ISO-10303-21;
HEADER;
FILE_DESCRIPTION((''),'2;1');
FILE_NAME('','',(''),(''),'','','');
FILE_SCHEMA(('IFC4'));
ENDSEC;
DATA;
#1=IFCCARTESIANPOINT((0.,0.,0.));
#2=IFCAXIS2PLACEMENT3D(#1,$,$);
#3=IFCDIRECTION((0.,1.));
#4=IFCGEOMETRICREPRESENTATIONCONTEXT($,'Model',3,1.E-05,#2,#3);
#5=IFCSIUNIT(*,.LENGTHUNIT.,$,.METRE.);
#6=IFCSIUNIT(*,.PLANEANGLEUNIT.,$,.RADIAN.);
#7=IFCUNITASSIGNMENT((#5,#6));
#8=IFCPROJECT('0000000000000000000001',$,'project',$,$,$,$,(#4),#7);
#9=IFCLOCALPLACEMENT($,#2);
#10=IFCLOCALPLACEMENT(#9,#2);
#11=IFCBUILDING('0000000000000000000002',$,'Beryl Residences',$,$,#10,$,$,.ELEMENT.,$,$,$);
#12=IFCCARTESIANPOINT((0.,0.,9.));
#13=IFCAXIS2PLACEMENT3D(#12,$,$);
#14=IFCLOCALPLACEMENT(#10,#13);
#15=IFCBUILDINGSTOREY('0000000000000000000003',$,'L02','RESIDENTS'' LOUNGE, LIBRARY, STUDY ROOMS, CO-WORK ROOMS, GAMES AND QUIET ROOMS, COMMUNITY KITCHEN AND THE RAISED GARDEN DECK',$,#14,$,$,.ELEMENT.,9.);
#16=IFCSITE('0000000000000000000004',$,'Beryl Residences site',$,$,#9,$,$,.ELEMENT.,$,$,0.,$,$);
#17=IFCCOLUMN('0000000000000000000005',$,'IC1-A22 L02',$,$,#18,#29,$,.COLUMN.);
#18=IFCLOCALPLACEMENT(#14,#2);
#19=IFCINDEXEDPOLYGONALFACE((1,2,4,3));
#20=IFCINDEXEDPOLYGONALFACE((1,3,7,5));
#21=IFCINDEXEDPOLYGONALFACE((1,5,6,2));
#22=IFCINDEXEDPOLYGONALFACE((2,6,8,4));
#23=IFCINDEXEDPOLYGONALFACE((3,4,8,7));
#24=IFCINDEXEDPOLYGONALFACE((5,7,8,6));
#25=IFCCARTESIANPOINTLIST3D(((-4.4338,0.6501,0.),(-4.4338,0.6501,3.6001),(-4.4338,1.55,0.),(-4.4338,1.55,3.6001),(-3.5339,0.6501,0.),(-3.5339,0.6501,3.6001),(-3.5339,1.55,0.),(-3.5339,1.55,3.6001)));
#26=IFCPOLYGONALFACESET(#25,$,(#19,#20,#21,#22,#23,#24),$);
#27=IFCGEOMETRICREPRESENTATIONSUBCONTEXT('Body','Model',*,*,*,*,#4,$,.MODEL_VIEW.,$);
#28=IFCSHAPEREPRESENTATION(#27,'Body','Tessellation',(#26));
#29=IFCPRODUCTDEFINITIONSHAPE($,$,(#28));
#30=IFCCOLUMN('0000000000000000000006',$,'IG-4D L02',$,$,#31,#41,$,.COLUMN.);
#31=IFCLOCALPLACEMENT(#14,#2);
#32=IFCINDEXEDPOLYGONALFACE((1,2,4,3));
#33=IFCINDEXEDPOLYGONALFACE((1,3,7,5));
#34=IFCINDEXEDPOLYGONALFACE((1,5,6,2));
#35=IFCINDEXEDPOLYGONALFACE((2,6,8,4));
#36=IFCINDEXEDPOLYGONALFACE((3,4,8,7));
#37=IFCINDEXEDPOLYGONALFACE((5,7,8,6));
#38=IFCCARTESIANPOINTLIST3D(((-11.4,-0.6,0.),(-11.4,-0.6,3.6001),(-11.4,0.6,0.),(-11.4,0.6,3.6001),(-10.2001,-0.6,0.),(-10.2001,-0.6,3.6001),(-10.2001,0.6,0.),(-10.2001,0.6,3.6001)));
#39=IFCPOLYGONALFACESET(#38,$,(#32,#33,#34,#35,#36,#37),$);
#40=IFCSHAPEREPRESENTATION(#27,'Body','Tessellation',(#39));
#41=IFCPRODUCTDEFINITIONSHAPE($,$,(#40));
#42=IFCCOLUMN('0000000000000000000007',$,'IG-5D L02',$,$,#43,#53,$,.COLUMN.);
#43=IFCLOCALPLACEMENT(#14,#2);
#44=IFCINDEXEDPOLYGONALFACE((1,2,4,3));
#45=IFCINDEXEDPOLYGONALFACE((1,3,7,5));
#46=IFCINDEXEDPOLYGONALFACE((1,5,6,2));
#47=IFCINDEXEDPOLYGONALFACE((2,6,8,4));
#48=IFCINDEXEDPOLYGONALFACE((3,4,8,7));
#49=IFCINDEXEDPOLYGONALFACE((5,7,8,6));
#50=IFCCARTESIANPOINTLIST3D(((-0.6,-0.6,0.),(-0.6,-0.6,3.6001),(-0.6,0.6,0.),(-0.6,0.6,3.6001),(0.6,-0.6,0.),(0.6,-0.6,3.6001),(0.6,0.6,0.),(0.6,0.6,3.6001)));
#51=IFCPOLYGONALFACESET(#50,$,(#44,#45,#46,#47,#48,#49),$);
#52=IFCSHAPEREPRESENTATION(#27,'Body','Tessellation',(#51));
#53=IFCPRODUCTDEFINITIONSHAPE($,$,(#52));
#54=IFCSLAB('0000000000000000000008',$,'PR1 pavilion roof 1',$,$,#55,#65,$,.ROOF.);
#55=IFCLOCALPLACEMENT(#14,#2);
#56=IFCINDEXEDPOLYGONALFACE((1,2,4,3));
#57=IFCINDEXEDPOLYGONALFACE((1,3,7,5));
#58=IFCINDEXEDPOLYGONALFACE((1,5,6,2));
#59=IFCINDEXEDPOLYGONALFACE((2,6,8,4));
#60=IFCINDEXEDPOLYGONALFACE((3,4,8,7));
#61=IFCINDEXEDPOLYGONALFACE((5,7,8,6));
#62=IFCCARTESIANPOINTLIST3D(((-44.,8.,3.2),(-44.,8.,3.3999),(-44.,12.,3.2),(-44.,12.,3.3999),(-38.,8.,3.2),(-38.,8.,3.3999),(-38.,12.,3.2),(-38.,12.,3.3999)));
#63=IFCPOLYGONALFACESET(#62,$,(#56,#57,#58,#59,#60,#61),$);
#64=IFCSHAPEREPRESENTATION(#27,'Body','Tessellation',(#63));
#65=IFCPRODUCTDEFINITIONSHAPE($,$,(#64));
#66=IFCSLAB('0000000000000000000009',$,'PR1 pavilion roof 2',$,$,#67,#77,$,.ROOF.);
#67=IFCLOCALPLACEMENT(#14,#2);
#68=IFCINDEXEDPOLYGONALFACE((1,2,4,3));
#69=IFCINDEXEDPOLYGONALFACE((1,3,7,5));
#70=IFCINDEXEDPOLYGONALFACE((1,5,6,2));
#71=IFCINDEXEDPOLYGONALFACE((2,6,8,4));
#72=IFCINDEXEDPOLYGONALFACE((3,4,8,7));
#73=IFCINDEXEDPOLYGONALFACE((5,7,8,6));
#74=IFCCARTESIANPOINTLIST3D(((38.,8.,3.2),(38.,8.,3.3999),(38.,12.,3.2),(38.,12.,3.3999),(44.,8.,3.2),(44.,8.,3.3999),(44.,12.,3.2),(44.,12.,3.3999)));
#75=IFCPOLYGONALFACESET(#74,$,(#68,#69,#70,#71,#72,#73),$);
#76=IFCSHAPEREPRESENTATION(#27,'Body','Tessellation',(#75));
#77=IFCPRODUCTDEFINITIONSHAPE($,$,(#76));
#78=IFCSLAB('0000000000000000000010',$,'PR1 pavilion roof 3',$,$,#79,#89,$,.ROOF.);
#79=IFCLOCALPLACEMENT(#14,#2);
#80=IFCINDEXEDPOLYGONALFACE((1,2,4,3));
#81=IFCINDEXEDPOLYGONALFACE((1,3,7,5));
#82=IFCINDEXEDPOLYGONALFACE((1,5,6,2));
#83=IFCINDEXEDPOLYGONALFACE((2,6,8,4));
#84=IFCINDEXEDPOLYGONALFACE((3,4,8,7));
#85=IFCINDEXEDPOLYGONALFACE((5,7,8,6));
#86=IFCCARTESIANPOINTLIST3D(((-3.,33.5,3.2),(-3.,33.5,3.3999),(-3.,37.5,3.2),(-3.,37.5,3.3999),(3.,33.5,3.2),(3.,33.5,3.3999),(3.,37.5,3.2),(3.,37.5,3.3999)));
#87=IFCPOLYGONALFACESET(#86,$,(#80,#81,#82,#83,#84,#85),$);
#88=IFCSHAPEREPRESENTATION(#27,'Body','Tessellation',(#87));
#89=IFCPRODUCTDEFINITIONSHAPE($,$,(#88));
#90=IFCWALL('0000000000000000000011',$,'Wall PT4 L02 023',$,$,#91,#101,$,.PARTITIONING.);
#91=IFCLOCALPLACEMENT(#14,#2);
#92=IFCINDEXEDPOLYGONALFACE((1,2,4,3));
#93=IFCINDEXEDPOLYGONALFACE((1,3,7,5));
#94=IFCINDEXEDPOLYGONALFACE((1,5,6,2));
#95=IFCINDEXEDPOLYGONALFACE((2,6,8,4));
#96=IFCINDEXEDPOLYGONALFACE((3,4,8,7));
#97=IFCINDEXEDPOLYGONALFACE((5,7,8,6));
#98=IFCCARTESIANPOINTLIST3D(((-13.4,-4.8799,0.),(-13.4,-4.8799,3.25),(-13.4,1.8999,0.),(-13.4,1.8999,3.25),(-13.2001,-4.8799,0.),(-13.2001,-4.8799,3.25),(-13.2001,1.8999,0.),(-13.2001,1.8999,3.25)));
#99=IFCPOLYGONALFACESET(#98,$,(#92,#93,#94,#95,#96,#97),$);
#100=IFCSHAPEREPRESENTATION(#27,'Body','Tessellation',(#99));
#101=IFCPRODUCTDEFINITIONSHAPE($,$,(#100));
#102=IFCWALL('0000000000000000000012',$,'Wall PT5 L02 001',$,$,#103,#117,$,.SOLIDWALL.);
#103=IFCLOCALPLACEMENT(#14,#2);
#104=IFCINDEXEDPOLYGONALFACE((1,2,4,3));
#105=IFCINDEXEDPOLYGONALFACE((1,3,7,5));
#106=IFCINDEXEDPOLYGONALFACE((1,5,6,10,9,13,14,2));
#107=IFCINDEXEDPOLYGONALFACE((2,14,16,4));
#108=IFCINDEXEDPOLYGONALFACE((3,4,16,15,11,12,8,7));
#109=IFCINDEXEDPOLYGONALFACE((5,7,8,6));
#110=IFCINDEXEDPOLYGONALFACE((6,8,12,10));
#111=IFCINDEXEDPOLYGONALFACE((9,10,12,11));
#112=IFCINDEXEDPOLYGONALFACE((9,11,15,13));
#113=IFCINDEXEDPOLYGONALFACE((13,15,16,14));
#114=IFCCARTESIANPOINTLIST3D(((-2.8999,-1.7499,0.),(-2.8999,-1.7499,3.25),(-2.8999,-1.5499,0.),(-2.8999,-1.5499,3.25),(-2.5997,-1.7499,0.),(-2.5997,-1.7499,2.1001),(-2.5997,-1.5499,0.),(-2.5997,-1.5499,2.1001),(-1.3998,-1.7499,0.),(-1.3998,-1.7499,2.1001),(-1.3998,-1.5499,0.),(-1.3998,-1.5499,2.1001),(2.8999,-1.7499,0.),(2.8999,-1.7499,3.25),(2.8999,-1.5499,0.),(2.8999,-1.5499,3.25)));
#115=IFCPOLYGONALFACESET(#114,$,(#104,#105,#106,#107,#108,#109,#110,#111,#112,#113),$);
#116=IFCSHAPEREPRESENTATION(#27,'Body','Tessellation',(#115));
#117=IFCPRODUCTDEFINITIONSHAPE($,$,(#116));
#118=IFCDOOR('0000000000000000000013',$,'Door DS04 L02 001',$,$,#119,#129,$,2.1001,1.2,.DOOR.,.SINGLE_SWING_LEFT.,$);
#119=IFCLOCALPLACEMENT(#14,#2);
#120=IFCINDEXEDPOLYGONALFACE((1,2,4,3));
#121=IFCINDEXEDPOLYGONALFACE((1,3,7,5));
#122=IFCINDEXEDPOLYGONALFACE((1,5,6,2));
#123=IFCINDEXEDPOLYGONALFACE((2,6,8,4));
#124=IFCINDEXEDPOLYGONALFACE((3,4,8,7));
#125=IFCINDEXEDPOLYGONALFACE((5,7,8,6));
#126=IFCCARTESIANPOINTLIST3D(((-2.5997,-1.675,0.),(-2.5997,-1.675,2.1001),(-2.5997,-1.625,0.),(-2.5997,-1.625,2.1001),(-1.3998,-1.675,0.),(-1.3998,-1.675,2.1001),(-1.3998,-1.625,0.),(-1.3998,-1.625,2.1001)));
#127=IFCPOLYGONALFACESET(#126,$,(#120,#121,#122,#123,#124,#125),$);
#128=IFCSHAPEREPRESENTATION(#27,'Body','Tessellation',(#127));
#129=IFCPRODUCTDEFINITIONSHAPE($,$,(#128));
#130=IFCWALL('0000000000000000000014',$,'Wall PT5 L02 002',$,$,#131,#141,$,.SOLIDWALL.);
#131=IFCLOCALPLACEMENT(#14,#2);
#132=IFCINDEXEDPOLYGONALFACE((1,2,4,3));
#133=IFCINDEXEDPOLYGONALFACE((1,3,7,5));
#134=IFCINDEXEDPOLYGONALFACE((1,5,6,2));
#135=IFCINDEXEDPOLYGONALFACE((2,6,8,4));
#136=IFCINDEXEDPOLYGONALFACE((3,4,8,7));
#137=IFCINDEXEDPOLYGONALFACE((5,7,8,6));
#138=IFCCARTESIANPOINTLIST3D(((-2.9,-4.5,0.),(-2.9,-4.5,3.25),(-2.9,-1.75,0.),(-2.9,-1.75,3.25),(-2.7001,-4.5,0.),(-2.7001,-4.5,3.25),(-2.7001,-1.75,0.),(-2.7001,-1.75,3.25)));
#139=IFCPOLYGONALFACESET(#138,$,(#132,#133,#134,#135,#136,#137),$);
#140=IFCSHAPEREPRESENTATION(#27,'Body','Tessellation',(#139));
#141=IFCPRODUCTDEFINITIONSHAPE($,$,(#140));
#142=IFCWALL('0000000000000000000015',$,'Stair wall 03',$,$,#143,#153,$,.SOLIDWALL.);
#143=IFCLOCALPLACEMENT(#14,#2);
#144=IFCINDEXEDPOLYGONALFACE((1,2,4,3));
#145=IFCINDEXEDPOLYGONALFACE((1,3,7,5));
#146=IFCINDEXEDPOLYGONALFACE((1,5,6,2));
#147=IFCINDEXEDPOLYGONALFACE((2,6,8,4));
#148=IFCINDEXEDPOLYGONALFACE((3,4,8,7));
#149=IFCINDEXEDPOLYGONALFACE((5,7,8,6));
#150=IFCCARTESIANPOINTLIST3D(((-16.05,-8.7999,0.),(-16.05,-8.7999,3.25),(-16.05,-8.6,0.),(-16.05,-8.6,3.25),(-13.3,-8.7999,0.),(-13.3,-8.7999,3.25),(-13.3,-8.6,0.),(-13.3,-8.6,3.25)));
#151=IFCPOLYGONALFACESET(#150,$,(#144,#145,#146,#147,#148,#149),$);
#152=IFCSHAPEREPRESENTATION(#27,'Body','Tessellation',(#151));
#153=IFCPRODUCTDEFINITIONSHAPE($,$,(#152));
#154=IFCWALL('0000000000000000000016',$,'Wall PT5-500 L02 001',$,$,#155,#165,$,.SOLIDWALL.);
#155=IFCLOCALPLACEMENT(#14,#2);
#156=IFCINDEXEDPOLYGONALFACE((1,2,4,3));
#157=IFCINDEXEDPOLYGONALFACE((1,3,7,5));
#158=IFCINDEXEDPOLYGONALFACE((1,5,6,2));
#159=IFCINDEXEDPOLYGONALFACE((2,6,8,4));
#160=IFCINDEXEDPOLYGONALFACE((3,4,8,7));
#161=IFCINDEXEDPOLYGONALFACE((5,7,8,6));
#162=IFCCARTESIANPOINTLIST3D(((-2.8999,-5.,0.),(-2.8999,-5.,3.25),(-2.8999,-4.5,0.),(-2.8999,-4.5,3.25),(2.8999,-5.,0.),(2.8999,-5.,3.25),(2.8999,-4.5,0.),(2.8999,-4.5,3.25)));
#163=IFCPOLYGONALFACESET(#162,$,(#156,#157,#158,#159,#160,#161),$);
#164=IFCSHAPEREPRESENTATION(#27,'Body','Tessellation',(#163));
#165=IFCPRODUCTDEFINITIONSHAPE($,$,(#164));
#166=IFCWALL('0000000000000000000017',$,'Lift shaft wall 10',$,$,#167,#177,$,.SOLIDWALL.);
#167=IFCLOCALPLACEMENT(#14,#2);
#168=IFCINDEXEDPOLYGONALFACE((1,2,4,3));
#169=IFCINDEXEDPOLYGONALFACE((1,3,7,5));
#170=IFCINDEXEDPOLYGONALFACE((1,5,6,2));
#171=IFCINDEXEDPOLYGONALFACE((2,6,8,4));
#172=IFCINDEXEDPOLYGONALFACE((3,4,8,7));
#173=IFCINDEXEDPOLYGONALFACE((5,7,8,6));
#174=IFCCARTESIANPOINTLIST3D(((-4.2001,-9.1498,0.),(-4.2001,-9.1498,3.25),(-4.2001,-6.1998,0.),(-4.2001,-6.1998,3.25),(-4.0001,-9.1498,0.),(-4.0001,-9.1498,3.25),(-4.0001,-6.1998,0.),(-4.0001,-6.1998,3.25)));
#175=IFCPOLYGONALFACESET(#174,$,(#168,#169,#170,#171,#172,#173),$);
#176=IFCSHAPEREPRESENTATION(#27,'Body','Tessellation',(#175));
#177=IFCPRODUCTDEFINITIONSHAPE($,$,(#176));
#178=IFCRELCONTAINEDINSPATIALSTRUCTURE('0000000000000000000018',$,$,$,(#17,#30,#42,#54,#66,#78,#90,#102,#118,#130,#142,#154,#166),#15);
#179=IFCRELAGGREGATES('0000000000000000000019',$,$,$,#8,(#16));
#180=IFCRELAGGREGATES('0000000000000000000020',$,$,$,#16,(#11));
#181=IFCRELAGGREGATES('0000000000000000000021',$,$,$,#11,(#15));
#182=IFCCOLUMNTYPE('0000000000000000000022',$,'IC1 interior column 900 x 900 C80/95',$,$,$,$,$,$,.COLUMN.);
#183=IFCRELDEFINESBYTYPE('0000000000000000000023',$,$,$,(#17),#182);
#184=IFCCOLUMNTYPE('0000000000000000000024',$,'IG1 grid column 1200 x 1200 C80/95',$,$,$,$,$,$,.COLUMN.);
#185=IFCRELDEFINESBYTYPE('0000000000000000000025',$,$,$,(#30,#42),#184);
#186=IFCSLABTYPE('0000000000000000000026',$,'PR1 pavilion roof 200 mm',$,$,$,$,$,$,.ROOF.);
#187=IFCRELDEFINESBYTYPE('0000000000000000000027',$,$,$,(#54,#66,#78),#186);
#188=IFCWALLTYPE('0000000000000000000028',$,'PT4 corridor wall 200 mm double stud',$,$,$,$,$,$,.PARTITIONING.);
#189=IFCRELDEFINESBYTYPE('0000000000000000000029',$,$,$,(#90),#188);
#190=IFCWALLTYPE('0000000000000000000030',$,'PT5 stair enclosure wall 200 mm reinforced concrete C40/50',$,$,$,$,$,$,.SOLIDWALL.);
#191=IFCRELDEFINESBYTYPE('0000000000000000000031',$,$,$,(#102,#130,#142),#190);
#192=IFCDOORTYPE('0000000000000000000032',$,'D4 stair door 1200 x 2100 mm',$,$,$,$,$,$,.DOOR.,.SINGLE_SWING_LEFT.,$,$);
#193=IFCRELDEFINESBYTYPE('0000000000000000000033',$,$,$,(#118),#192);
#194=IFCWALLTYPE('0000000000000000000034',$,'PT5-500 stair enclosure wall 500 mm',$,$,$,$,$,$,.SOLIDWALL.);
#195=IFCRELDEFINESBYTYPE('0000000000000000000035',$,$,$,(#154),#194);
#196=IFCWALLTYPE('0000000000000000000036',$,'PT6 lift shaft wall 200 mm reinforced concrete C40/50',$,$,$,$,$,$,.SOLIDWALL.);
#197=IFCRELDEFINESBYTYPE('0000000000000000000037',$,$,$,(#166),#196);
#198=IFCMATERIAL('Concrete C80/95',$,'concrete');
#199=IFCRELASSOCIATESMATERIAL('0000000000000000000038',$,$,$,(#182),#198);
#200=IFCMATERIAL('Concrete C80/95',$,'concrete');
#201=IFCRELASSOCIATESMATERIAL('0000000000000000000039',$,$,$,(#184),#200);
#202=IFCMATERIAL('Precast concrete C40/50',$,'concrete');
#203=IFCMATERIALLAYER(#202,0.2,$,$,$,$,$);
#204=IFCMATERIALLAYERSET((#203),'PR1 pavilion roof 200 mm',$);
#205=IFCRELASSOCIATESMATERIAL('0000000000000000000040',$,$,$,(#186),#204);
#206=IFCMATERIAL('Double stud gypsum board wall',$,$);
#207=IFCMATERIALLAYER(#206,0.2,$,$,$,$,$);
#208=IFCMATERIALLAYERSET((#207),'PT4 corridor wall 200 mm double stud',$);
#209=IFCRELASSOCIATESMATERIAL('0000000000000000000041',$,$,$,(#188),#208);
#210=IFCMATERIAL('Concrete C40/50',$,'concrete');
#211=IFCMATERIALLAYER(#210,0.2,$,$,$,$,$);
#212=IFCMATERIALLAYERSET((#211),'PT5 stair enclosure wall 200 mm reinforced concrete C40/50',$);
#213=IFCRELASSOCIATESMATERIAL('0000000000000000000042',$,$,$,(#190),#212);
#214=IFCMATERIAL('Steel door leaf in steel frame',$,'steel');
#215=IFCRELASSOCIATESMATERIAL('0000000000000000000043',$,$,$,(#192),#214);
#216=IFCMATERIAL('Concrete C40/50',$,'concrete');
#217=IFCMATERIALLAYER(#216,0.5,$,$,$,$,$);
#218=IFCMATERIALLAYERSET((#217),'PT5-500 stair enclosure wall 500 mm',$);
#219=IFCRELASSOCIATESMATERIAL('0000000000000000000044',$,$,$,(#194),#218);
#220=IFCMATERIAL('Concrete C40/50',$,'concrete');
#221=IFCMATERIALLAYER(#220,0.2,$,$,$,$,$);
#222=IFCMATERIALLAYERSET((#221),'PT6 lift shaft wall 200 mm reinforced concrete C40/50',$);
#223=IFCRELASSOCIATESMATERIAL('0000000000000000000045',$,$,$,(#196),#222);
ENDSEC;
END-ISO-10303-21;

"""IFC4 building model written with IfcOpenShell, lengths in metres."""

from ifc_helpers import new_model, si_unit, direction, frame, frame_2d, origin, origin_2d, place, context, subcontext, project, spatial, polyline, rectangle, outline, extrude, material, layer, layer_set, material_profile, profile_set, type_object, element, fill, save


model = new_model("IFC4")

# Units and contexts
model_context = context("Model", 3, precision=1e-05, world=origin(), true_north=direction((0.0, 1.0)))
body_context = subcontext(model_context, "Body", "Model", "MODEL_VIEW")
ifc_project = project(units=[si_unit("LENGTHUNIT", "METRE"), si_unit("PLANEANGLEUNIT", "RADIAN")], contexts=[model_context])

# Site, building, storey
site_placement = place(None, origin())
site = spatial("IfcSite", under=ifc_project, at=site_placement, Name="Beryl Residences site", CompositionType="ELEMENT", RefElevation=0.0)
building_placement = place(site_placement, origin())
building = spatial("IfcBuilding", under=site, at=building_placement, Name="Beryl Residences", CompositionType="ELEMENT")
storey_placement = place(building_placement, frame((0.0, 0.0, 9.0)))
storey = spatial("IfcBuildingStorey", under=building, at=storey_placement, Name="L02", Description="RESIDENTS' LOUNGE, LIBRARY, STUDY ROOMS, CO-WORK ROOMS, GAMES AND QUIET ROOMS, COMMUNITY KITCHEN AND THE RAISED GARDEN DECK", CompositionType="ELEMENT", Elevation=9.0)

# Columns
ifc_material_1 = material(Name="Concrete C80/95", Category="concrete")
ifc_material_profile_1 = material_profile(ifc_material_1, rectangle(XDim=0.8999, YDim=0.8999, at=origin_2d()))
ifc_profile_set_1 = profile_set([ifc_material_profile_1], Name="Concrete C80/95")
column_type_1 = type_object("IfcColumnType", Name="IC1 interior column 900 x 900 C80/95", PredefinedType="COLUMN", material=ifc_profile_set_1)
column_placement = place(storey_placement, frame((-3.9839, 1.1001, 0.0), z_axis=(0.0, 0.0, 1.0), x_axis=(1.0, 0.0, 0.0)))
element("IfcColumn", 1, at=column_placement, inside=storey, type_object=column_type_1, Name="IC1-A22 L02", PredefinedType="COLUMN", context=body_context, shape_type="SweptSolid", body=[
    extrude(rectangle(XDim=0.8999, YDim=0.8999, at=origin_2d()), origin(), (0.0, 0.0, 1.0), 3.6001),
])
ifc_material_2 = material(Name="Concrete C80/95", Category="concrete")
ifc_material_profile_2 = material_profile(ifc_material_2, rectangle(XDim=1.2, YDim=1.2, at=origin_2d()))
ifc_profile_set_2 = profile_set([ifc_material_profile_2], Name="Concrete C80/95")
column_type_2 = type_object("IfcColumnType", Name="IG1 grid column 1200 x 1200 C80/95", PredefinedType="COLUMN", material=ifc_profile_set_2)
for number, where, z_axis, x_axis, name in (
    (2, (-10.8, 0.0, 0.0), (0.0, 0.0, 1.0), (1.0, 0.0, 0.0), "IG-4D L02"),
    (3, (0.0, 0.0, 0.0), (0.0, 0.0, 1.0), (1.0, 0.0, 0.0), "IG-5D L02"),
):
    element("IfcColumn", number, at=place(storey_placement, frame(where, z_axis=z_axis, x_axis=x_axis)), inside=storey, type_object=column_type_2, Name=name, PredefinedType="COLUMN", context=body_context, shape_type="SweptSolid", body=[
        extrude(rectangle(XDim=1.2, YDim=1.2, at=origin_2d()), origin(), (0.0, 0.0, 1.0), 3.6001),
    ])

# Slabs
ifc_material_3 = material(Name="Precast concrete C40/50", Category="concrete")
ifc_layer_1 = layer(ifc_material_3, 0.2)
ifc_layer_set_1 = layer_set([ifc_layer_1], Name="PR1 pavilion roof 200 mm")
slab_type_1 = type_object("IfcSlabType", Name="PR1 pavilion roof 200 mm", PredefinedType="ROOF", material=ifc_layer_set_1)
slab_1_placement = place(storey_placement, frame((0.0, 0.0, 3.2)))
element("IfcSlab", 4, at=slab_1_placement, inside=storey, type_object=slab_type_1, Name="PR1 pavilion roof 1", PredefinedType="ROOF", context=body_context, shape_type="SweptSolid", body=[
    extrude(outline(polyline([(-44.0, 8.0), (-38.0, 8.0), (-38.0, 12.0), (-44.0, 12.0), (-44.0, 8.0)])), origin(), (0.0, 0.0, 1.0), 0.2),
])
slab_2_placement = place(storey_placement, frame((0.0, 0.0, 3.2)))
element("IfcSlab", 5, at=slab_2_placement, inside=storey, type_object=slab_type_1, Name="PR1 pavilion roof 2", PredefinedType="ROOF", context=body_context, shape_type="SweptSolid", body=[
    extrude(outline(polyline([(38.0, 8.0), (44.0, 8.0), (44.0, 12.0), (38.0, 12.0), (38.0, 8.0)])), origin(), (0.0, 0.0, 1.0), 0.2),
])
slab_3_placement = place(storey_placement, frame((0.0, 0.0, 3.2)))
element("IfcSlab", 6, at=slab_3_placement, inside=storey, type_object=slab_type_1, Name="PR1 pavilion roof 3", PredefinedType="ROOF", context=body_context, shape_type="SweptSolid", body=[
    extrude(outline(polyline([(-3.0, 33.5), (3.0, 33.5), (3.0, 37.5), (-3.0, 37.5), (-3.0, 33.5)])), origin(), (0.0, 0.0, 1.0), 0.2),
])

# Wall
ifc_material_4 = material(Name="Double stud gypsum board wall")
ifc_layer_2 = layer(ifc_material_4, 0.2)
ifc_layer_set_2 = layer_set([ifc_layer_2], Name="PT4 corridor wall 200 mm double stud")
wall_type_1 = type_object("IfcWallType", Name="PT4 corridor wall 200 mm double stud", PredefinedType="PARTITIONING", material=ifc_layer_set_2)
wall_1_placement = place(storey_placement, frame((-13.3, -4.8799, 0.0), z_axis=(0.0, 0.0, 1.0), x_axis=(0.0, 1.0, 0.0)))
element("IfcWall", 7, at=wall_1_placement, inside=storey, type_object=wall_type_1, Name="Wall PT4 L02 023", PredefinedType="PARTITIONING", context=body_context, shape_type="SweptSolid", body=[
    extrude(rectangle(XDim=6.7798, YDim=0.2, at=frame_2d((3.3899, 0.0))), origin(), (0.0, 0.0, 1.0), 3.25),
])

# Wall, opening, door
ifc_material_5 = material(Name="Concrete C40/50", Category="concrete")
ifc_layer_3 = layer(ifc_material_5, 0.2)
ifc_layer_set_3 = layer_set([ifc_layer_3], Name="PT5 stair enclosure wall 200 mm reinforced concrete C40/50")
wall_type_2 = type_object("IfcWallType", Name="PT5 stair enclosure wall 200 mm reinforced concrete C40/50", PredefinedType="SOLIDWALL", material=ifc_layer_set_3)
wall_2_placement = place(storey_placement, frame((-2.8999, -1.6499, 0.0), z_axis=(0.0, 0.0, 1.0), x_axis=(1.0, 0.0, 0.0)))
wall_2 = element("IfcWall", 8, at=wall_2_placement, inside=storey, type_object=wall_type_2, Name="Wall PT5 L02 001", PredefinedType="SOLIDWALL", context=body_context, shape_type="SweptSolid", body=[
    extrude(rectangle(XDim=5.7998, YDim=0.2, at=frame_2d((2.8999, 0.0))), origin(), (0.0, 0.0, 1.0), 3.25),
])
opening_1_placement = place(wall_2_placement, frame((0.3, 0.0, 0.0)))
opening_1 = element("IfcOpeningElement", 9, at=opening_1_placement, cuts=wall_2, PredefinedType="OPENING", context=body_context, shape_type="SweptSolid", body=[
    extrude(rectangle(XDim=1.2, YDim=2.1001, at=frame_2d((0.6001, 1.05))), frame((0.0, 0.1099, 0.0), z_axis=(0.0, -1.0, 0.0), x_axis=(1.0, 0.0, 0.0)), (0.0, 0.0, 1.0), 0.22),
])
ifc_material_6 = material(Name="Steel door leaf in steel frame", Category="steel")
door_type_1 = type_object("IfcDoorType", Name="D4 stair door 1200 x 2100 mm", OperationType="SINGLE_SWING_LEFT", PredefinedType="DOOR", material=ifc_material_6)
door_1_placement = place(opening_1_placement, origin())
door_1 = element("IfcDoor", 10, at=door_1_placement, inside=storey, type_object=door_type_1, Name="Door DS04 L02 001", OperationType="SINGLE_SWING_LEFT", OverallHeight=2.1001, OverallWidth=1.2, PredefinedType="DOOR", context=body_context, shape_type="SweptSolid", body=[
    extrude(rectangle(XDim=1.2, YDim=2.1001, at=frame_2d((0.6001, 1.05))), frame((0.0, 0.0249, 0.0), z_axis=(0.0, -1.0, 0.0), x_axis=(1.0, 0.0, 0.0)), (0.0, 0.0, 1.0), 0.05),
])
fill(opening_1, door_1)

# Walls
for number, where, z_axis, x_axis, name in (
    (11, (-2.8, -4.5, 0.0), (0.0, 0.0, 1.0), (0.0, 1.0, 0.0), "Wall PT5 L02 002"),
    (12, (-16.05, -8.7, 0.0), (0.0, 0.0, 1.0), (1.0, 0.0, 0.0), "Stair wall 03"),
):
    element("IfcWall", number, at=place(storey_placement, frame(where, z_axis=z_axis, x_axis=x_axis)), inside=storey, type_object=wall_type_2, Name=name, PredefinedType="SOLIDWALL", context=body_context, shape_type="SweptSolid", body=[
        extrude(rectangle(XDim=2.75, YDim=0.2, at=frame_2d((1.375, 0.0))), origin(), (0.0, 0.0, 1.0), 3.25),
    ])
ifc_material_7 = material(Name="Concrete C40/50", Category="concrete")
ifc_layer_4 = layer(ifc_material_7, 0.5)
ifc_layer_set_4 = layer_set([ifc_layer_4], Name="PT5-500 stair enclosure wall 500 mm")
wall_type_3 = type_object("IfcWallType", Name="PT5-500 stair enclosure wall 500 mm", PredefinedType="SOLIDWALL", material=ifc_layer_set_4)
wall_3_placement = place(storey_placement, frame((-2.8999, -4.75, 0.0), z_axis=(0.0, 0.0, 1.0), x_axis=(1.0, 0.0, 0.0)))
element("IfcWall", 13, at=wall_3_placement, inside=storey, type_object=wall_type_3, Name="Wall PT5-500 L02 001", PredefinedType="SOLIDWALL", context=body_context, shape_type="SweptSolid", body=[
    extrude(rectangle(XDim=5.7998, YDim=0.5, at=frame_2d((2.8999, 0.0))), origin(), (0.0, 0.0, 1.0), 3.25),
])
ifc_material_8 = material(Name="Concrete C40/50", Category="concrete")
ifc_layer_5 = layer(ifc_material_8, 0.2)
ifc_layer_set_5 = layer_set([ifc_layer_5], Name="PT6 lift shaft wall 200 mm reinforced concrete C40/50")
wall_type_4 = type_object("IfcWallType", Name="PT6 lift shaft wall 200 mm reinforced concrete C40/50", PredefinedType="SOLIDWALL", material=ifc_layer_set_5)
for number, where, z_axis, x_axis, name in (
    (14, (-4.1001, -9.1499, 0.0), (0.0, 0.0, 1.0), (0.0, 1.0, 0.0), "Lift shaft wall 10"),
):
    element("IfcWall", number, at=place(storey_placement, frame(where, z_axis=z_axis, x_axis=x_axis)), inside=storey, type_object=wall_type_4, Name=name, PredefinedType="SOLIDWALL", context=body_context, shape_type="SweptSolid", body=[
        extrude(rectangle(XDim=2.95, YDim=0.2, at=frame_2d((1.4751, 0.0))), origin(), (0.0, 0.0, 1.0), 3.25),
    ])

save(model, "model.ifc")
